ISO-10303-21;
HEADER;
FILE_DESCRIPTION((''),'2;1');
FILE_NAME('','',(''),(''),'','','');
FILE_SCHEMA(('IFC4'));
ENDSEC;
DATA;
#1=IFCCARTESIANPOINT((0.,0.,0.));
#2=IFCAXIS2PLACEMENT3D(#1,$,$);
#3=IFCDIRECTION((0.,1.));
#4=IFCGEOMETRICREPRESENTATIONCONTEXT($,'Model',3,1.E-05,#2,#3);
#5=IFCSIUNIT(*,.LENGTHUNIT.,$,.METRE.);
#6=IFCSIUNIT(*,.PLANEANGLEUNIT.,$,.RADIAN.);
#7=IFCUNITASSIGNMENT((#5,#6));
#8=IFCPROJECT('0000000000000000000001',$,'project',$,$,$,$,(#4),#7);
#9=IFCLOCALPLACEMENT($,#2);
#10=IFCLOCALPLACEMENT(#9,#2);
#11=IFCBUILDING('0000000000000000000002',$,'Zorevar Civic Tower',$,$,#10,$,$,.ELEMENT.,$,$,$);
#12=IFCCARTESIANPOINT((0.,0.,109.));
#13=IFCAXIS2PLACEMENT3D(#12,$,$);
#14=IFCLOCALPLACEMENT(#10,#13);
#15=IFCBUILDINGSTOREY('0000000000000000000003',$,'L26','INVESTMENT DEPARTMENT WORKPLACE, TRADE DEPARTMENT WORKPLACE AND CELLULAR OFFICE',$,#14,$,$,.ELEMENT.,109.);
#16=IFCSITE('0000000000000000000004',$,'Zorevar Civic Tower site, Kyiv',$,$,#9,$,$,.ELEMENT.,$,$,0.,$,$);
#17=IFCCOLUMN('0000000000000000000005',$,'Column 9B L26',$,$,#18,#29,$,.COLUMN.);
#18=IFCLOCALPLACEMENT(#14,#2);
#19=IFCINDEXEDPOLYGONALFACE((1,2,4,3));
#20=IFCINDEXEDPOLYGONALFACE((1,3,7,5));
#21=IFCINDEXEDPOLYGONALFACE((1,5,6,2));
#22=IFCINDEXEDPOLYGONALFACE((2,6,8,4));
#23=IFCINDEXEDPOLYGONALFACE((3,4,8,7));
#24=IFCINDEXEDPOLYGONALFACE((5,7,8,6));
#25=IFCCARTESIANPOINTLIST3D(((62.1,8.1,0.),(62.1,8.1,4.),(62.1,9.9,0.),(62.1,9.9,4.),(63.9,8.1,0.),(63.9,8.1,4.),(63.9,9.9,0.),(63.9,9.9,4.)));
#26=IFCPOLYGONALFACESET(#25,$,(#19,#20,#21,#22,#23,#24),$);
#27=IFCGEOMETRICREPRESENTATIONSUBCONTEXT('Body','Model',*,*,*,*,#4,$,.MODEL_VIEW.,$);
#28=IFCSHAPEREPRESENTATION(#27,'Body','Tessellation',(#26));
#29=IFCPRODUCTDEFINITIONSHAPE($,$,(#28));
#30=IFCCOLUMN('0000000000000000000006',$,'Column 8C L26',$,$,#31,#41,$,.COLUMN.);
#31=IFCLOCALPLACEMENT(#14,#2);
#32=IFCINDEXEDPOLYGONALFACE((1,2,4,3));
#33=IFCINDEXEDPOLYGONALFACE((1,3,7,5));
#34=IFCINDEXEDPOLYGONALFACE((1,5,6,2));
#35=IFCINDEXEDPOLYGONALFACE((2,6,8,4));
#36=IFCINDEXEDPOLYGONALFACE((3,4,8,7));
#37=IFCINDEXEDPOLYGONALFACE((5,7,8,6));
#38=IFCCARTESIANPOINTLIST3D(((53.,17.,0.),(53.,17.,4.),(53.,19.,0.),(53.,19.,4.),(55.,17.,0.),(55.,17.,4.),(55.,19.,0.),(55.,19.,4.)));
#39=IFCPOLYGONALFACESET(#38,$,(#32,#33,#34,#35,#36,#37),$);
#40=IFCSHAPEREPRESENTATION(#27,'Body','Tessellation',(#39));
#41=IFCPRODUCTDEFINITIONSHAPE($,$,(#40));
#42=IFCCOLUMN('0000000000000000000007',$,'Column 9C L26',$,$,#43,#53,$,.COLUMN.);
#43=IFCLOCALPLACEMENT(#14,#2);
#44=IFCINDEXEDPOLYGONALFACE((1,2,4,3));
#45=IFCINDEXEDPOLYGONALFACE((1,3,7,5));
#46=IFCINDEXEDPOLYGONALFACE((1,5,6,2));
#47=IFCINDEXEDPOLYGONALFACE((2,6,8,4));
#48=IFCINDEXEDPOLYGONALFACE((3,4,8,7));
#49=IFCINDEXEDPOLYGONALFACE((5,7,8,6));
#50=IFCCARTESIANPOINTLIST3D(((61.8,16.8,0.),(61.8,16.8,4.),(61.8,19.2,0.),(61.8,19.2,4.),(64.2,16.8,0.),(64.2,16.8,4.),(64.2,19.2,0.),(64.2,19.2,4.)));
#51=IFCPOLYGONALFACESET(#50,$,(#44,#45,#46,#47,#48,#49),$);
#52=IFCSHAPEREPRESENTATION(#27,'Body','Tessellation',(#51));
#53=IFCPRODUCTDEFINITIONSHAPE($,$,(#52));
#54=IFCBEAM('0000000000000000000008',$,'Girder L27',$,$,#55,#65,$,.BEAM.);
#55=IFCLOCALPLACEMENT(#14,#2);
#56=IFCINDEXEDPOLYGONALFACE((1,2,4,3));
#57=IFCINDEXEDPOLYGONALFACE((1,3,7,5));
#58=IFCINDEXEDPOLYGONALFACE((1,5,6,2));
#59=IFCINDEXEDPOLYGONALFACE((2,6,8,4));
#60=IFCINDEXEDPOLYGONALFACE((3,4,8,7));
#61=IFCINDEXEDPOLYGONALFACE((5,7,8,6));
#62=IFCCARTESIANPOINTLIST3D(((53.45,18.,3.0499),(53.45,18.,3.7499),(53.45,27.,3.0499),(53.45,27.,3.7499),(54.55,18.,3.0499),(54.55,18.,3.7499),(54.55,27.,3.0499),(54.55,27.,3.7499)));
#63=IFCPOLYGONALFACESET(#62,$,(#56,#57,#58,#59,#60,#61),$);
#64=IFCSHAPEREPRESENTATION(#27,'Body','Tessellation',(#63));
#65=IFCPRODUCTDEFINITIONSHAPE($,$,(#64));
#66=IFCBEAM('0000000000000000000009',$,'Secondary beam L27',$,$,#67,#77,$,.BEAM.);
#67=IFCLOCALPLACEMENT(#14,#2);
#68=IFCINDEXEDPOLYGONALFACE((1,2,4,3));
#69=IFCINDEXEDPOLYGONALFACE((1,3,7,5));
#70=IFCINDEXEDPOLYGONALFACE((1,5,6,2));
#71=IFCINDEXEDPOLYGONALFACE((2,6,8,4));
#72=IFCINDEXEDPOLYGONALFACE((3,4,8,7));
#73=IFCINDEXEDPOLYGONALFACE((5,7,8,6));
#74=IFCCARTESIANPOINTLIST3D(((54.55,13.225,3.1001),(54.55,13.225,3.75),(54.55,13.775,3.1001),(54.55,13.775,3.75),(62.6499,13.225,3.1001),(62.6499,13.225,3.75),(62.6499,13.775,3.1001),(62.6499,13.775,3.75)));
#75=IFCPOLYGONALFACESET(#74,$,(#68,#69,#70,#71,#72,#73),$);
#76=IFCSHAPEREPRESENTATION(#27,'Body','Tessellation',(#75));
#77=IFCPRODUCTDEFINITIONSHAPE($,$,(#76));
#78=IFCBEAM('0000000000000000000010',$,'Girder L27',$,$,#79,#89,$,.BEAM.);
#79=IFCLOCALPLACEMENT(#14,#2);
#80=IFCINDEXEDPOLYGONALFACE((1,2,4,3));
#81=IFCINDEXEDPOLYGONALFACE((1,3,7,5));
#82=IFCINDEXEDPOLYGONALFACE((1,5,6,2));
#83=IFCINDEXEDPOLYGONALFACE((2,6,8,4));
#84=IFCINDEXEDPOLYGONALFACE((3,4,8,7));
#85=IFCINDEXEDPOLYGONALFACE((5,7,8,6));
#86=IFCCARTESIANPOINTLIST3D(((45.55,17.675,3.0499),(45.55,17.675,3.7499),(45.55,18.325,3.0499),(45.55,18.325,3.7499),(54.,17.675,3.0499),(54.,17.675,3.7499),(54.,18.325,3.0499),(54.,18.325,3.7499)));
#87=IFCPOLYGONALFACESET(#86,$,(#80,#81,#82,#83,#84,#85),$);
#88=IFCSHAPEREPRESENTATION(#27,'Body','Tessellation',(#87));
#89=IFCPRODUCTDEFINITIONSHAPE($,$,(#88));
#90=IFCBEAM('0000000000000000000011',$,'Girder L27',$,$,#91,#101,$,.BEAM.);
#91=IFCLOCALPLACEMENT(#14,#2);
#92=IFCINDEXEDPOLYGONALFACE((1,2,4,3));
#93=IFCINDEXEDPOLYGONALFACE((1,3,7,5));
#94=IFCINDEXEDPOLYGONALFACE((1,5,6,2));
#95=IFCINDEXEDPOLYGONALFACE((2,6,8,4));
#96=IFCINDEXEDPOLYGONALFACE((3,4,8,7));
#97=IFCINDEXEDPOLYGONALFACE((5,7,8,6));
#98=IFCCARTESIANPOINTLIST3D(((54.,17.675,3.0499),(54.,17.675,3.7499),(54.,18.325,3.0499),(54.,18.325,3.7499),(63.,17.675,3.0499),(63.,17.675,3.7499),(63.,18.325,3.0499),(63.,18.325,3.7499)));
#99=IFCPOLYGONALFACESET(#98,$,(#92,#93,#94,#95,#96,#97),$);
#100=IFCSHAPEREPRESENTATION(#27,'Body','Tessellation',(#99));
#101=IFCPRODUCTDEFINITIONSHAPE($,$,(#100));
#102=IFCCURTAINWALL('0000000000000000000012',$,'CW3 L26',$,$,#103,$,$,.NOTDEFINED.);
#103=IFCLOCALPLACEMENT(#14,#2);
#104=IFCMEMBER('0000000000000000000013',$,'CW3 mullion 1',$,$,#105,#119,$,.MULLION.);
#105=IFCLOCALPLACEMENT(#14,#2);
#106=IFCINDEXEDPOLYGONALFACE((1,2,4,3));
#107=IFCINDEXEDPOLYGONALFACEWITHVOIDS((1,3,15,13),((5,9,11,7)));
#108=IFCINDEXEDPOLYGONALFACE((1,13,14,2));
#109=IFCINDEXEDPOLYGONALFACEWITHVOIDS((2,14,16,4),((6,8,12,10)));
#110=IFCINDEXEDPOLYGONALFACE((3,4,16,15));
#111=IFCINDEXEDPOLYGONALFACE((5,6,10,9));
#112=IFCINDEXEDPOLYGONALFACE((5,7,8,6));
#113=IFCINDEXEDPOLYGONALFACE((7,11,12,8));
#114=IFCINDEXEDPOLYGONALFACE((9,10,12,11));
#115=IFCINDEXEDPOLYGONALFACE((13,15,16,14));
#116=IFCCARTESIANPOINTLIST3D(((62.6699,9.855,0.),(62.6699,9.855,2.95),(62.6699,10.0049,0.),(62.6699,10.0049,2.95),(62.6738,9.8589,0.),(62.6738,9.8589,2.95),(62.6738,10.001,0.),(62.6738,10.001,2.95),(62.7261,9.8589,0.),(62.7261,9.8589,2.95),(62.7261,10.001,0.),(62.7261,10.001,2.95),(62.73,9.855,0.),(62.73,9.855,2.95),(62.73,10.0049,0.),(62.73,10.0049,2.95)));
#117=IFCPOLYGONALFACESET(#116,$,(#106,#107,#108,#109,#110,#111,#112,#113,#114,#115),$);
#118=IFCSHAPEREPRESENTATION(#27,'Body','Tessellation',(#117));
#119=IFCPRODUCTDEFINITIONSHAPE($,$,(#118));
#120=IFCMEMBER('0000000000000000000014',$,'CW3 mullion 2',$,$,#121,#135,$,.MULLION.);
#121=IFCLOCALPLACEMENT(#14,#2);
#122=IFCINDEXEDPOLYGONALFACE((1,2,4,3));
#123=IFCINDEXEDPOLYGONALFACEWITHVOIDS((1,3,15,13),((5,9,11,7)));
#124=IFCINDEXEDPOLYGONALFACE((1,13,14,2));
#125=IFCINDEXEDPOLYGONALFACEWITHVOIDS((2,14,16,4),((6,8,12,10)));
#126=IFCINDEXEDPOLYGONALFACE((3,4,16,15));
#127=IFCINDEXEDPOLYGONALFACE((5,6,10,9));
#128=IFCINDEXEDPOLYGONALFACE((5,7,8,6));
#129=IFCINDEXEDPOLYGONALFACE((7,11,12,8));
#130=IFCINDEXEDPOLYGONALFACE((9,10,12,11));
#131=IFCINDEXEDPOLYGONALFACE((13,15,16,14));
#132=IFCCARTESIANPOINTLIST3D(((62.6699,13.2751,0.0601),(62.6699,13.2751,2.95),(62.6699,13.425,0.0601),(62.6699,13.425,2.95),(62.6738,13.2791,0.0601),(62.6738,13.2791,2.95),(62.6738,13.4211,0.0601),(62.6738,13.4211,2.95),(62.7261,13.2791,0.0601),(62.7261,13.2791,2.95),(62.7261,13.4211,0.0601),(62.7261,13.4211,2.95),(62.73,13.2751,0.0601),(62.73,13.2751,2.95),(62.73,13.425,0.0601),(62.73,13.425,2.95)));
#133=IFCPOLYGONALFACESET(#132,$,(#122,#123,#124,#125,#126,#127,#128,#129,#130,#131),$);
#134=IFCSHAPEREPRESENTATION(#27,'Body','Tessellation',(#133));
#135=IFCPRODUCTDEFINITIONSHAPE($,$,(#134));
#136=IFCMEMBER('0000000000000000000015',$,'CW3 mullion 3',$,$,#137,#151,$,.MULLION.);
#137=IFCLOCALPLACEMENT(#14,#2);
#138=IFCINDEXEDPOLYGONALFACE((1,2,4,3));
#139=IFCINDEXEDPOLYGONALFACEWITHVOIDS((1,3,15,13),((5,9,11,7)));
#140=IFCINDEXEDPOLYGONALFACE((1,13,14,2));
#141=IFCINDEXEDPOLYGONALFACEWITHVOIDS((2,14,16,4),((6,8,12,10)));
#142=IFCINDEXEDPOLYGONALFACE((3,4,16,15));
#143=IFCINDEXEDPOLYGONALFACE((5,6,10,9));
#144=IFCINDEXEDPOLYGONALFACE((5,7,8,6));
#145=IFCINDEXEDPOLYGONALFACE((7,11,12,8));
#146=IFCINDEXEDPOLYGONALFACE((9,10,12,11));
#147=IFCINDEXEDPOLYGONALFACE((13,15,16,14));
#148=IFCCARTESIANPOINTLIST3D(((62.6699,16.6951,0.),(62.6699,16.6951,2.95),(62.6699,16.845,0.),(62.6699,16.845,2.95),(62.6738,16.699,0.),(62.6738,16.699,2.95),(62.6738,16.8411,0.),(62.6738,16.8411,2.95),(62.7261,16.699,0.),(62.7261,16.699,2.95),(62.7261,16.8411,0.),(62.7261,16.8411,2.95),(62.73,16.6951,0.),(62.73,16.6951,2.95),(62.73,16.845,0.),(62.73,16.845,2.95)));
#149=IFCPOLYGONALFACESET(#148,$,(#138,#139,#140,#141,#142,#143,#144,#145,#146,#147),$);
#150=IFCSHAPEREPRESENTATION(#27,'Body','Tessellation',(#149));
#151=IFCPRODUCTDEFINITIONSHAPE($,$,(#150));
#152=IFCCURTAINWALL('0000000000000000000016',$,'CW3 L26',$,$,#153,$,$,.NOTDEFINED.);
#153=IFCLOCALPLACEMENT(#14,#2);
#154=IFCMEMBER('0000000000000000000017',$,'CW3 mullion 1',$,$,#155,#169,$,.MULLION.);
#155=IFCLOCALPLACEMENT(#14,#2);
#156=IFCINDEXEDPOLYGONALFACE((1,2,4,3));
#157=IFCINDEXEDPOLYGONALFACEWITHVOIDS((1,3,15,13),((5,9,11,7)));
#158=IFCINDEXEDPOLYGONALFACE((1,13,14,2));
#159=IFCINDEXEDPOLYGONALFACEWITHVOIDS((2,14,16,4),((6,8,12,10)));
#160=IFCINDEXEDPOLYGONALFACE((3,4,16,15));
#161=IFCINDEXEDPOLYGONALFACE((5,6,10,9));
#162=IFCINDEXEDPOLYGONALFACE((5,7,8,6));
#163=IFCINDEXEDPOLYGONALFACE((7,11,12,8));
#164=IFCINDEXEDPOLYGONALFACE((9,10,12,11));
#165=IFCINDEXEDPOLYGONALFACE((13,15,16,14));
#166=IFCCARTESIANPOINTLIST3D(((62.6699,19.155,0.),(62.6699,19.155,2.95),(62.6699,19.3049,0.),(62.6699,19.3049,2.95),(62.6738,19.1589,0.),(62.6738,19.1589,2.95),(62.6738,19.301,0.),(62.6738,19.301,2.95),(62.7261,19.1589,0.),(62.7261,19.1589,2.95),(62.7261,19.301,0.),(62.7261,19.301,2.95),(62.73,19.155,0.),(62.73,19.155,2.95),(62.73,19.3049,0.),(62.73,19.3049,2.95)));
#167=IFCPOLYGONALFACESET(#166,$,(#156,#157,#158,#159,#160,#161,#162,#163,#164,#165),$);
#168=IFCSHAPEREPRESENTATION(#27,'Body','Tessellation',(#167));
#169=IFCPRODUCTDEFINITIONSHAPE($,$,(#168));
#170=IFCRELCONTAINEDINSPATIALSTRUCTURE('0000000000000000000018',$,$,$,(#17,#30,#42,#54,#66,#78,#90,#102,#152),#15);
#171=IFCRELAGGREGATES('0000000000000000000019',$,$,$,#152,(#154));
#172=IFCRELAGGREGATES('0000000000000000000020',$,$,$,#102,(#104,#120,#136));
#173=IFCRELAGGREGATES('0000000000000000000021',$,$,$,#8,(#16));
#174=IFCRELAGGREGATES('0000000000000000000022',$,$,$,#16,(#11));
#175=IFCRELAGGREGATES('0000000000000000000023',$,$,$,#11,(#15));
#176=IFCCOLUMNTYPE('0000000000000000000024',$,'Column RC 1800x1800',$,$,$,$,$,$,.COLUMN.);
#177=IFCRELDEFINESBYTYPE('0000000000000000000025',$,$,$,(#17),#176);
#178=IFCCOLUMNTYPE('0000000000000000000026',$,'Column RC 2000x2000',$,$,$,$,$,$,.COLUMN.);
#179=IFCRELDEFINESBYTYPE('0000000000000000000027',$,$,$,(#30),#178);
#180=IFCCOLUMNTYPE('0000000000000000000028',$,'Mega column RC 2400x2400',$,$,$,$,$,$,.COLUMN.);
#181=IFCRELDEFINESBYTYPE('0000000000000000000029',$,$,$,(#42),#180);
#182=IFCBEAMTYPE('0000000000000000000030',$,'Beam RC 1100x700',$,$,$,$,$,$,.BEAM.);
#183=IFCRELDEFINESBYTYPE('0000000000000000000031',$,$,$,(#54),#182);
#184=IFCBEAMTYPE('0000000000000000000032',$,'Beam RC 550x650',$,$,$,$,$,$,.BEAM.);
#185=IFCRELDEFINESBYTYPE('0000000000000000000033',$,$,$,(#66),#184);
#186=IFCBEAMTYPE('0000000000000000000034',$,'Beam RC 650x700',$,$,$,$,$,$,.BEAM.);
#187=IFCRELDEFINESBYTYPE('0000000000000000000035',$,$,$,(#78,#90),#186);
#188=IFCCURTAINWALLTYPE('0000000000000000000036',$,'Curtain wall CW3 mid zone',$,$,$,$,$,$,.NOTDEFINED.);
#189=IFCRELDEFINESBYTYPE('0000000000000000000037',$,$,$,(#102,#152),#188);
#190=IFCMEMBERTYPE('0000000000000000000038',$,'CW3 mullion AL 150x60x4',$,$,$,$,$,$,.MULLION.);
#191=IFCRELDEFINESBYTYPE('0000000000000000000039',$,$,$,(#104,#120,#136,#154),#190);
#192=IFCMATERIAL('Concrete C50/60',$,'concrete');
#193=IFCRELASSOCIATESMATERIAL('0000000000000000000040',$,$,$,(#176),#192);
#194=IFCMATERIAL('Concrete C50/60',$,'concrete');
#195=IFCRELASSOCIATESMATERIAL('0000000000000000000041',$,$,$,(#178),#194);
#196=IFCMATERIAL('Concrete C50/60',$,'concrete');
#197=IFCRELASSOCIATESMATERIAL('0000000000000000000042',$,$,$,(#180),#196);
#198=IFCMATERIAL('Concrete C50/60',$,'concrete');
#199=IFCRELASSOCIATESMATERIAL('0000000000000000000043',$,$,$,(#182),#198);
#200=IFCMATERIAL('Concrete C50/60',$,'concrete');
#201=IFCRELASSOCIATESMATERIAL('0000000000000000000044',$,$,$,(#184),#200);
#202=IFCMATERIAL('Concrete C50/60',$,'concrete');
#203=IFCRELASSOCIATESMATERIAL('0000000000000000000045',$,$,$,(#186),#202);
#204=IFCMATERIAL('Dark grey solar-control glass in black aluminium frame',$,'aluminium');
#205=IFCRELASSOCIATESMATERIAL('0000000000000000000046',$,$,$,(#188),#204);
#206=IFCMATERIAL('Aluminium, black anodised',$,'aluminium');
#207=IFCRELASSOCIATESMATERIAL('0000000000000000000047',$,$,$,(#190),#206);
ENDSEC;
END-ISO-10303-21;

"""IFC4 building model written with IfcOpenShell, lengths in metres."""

from ifc_helpers import new_model, si_unit, direction, frame, origin, origin_2d, place, context, subcontext, project, spatial, rectangle, hollow_rectangle, extrude, material, material_profile, profile_set, type_object, element, aggregate, save


model = new_model("IFC4")

# Units and contexts
model_context = context("Model", 3, precision=1e-05, world=origin(), true_north=direction((0.0, 1.0)))
body_context = subcontext(model_context, "Body", "Model", "MODEL_VIEW")
ifc_project = project(units=[si_unit("LENGTHUNIT", "METRE"), si_unit("PLANEANGLEUNIT", "RADIAN")], contexts=[model_context])

# Site, building, storey
site_placement = place(None, origin())
site = spatial("IfcSite", under=ifc_project, at=site_placement, Name="Zorevar Civic Tower site, Kyiv", CompositionType="ELEMENT", RefElevation=0.0)
building_placement = place(site_placement, origin())
building = spatial("IfcBuilding", under=site, at=building_placement, Name="Zorevar Civic Tower", CompositionType="ELEMENT")
storey_placement = place(building_placement, frame((0.0, 0.0, 109.0)))
storey = spatial("IfcBuildingStorey", under=building, at=storey_placement, Name="L26", Description="INVESTMENT DEPARTMENT WORKPLACE, TRADE DEPARTMENT WORKPLACE AND CELLULAR OFFICE", CompositionType="ELEMENT", Elevation=109.0)

# Columns
ifc_material_1 = material(Name="Concrete C50/60", Category="concrete")
ifc_material_profile_1 = material_profile(ifc_material_1, rectangle(XDim=1.8, YDim=1.8, at=origin_2d()), Name="RC 1800x1800")
ifc_profile_set_1 = profile_set([ifc_material_profile_1], Name="Concrete C50/60")
column_type_1 = type_object("IfcColumnType", Name="Column RC 1800x1800", PredefinedType="COLUMN", material=ifc_profile_set_1)
column_1_placement = place(storey_placement, frame((63.0, 9.0, 0.0), z_axis=(0.0, 0.0, 1.0), x_axis=(1.0, 0.0, 0.0)))
element("IfcColumn", 1, at=column_1_placement, inside=storey, type_object=column_type_1, Name="Column 9B L26", PredefinedType="COLUMN", context=body_context, shape_type="SweptSolid", body=[
    extrude(rectangle(XDim=1.8, YDim=1.8, at=origin_2d()), origin(), (0.0, 0.0, 1.0), 4.0),
])
ifc_material_2 = material(Name="Concrete C50/60", Category="concrete")
ifc_material_profile_2 = material_profile(ifc_material_2, rectangle(XDim=2.0, YDim=2.0, at=origin_2d()), Name="RC 2000x2000")
ifc_profile_set_2 = profile_set([ifc_material_profile_2], Name="Concrete C50/60")
column_type_2 = type_object("IfcColumnType", Name="Column RC 2000x2000", PredefinedType="COLUMN", material=ifc_profile_set_2)
column_2_placement = place(storey_placement, frame((54.0, 18.0, 0.0), z_axis=(0.0, 0.0, 1.0), x_axis=(1.0, 0.0, 0.0)))
element("IfcColumn", 2, at=column_2_placement, inside=storey, type_object=column_type_2, Name="Column 8C L26", PredefinedType="COLUMN", context=body_context, shape_type="SweptSolid", body=[
    extrude(rectangle(XDim=2.0, YDim=2.0, at=origin_2d()), origin(), (0.0, 0.0, 1.0), 4.0),
])
ifc_material_3 = material(Name="Concrete C50/60", Category="concrete")
ifc_material_profile_3 = material_profile(ifc_material_3, rectangle(XDim=2.3999, YDim=2.3999, at=origin_2d()), Name="RC 2400x2400")
ifc_profile_set_3 = profile_set([ifc_material_profile_3], Name="Concrete C50/60")
column_type_3 = type_object("IfcColumnType", Name="Mega column RC 2400x2400", PredefinedType="COLUMN", material=ifc_profile_set_3)
column_3_placement = place(storey_placement, frame((63.0, 18.0, 0.0), z_axis=(0.0, 0.0, 1.0), x_axis=(1.0, 0.0, 0.0)))
element("IfcColumn", 3, at=column_3_placement, inside=storey, type_object=column_type_3, Name="Column 9C L26", PredefinedType="COLUMN", context=body_context, shape_type="SweptSolid", body=[
    extrude(rectangle(XDim=2.3999, YDim=2.3999, at=origin_2d()), origin(), (0.0, 0.0, 1.0), 4.0),
])

# Beams
ifc_material_4 = material(Name="Concrete C50/60", Category="concrete")
ifc_material_profile_4 = material_profile(ifc_material_4, rectangle(XDim=1.1001, YDim=0.7, at=origin_2d()), Name="RC 1100x700")
ifc_profile_set_4 = profile_set([ifc_material_profile_4], Name="Concrete C50/60")
beam_type_1 = type_object("IfcBeamType", Name="Beam RC 1100x700", PredefinedType="BEAM", material=ifc_profile_set_4)
beam_1_placement = place(storey_placement, frame((54.0, 18.0, 3.3999), z_axis=(0.0, 1.0, 0.0), x_axis=(-1.0, 0.0, 0.0)))
element("IfcBeam", 4, at=beam_1_placement, inside=storey, type_object=beam_type_1, Name="Girder L27", PredefinedType="BEAM", context=body_context, shape_type="SweptSolid", body=[
    extrude(rectangle(XDim=1.1001, YDim=0.7, at=origin_2d()), origin(), (0.0, 0.0, 1.0), 9.0),
])
ifc_material_5 = material(Name="Concrete C50/60", Category="concrete")
ifc_material_profile_5 = material_profile(ifc_material_5, rectangle(XDim=0.55, YDim=0.6499, at=origin_2d()), Name="RC 550x650")
ifc_profile_set_5 = profile_set([ifc_material_profile_5], Name="Concrete C50/60")
beam_type_2 = type_object("IfcBeamType", Name="Beam RC 550x650", PredefinedType="BEAM", material=ifc_profile_set_5)
beam_2_placement = place(storey_placement, frame((54.55, 13.5, 3.425), z_axis=(1.0, 0.0, 0.0), x_axis=(0.0, 1.0, 0.0)))
element("IfcBeam", 5, at=beam_2_placement, inside=storey, type_object=beam_type_2, Name="Secondary beam L27", PredefinedType="BEAM", context=body_context, shape_type="SweptSolid", body=[
    extrude(rectangle(XDim=0.55, YDim=0.6499, at=origin_2d()), origin(), (0.0, 0.0, 1.0), 8.0999),
])
ifc_material_6 = material(Name="Concrete C50/60", Category="concrete")
ifc_material_profile_6 = material_profile(ifc_material_6, rectangle(XDim=0.6499, YDim=0.7, at=origin_2d()), Name="RC 650x700")
ifc_profile_set_6 = profile_set([ifc_material_profile_6], Name="Concrete C50/60")
beam_type_3 = type_object("IfcBeamType", Name="Beam RC 650x700", PredefinedType="BEAM", material=ifc_profile_set_6)
beam_3_placement = place(storey_placement, frame((45.55, 18.0, 3.3999), z_axis=(1.0, 0.0, 0.0), x_axis=(0.0, 1.0, 0.0)))
element("IfcBeam", 6, at=beam_3_placement, inside=storey, type_object=beam_type_3, Name="Girder L27", PredefinedType="BEAM", context=body_context, shape_type="SweptSolid", body=[
    extrude(rectangle(XDim=0.6499, YDim=0.7, at=origin_2d()), origin(), (0.0, 0.0, 1.0), 8.45),
])
beam_4_placement = place(storey_placement, frame((54.0, 18.0, 3.3999), z_axis=(1.0, 0.0, 0.0), x_axis=(0.0, 1.0, 0.0)))
element("IfcBeam", 7, at=beam_4_placement, inside=storey, type_object=beam_type_3, Name="Girder L27", PredefinedType="BEAM", context=body_context, shape_type="SweptSolid", body=[
    extrude(rectangle(XDim=0.6499, YDim=0.7, at=origin_2d()), origin(), (0.0, 0.0, 1.0), 9.0),
])

# Curtain wall, members
ifc_material_7 = material(Name="Dark grey solar-control glass in black aluminium frame", Category="aluminium")
curtain_wall_type = type_object("IfcCurtainWallType", Name="Curtain wall CW3 mid zone", PredefinedType="NOTDEFINED", material=ifc_material_7)
curtain_wall_1_placement = place(storey_placement, origin())
curtain_wall_1 = element("IfcCurtainWall", 8, at=curtain_wall_1_placement, inside=storey, type_object=curtain_wall_type, Name="CW3 L26", PredefinedType="NOTDEFINED")
ifc_material_8 = material(Name="Aluminium, black anodised", Category="aluminium")
ifc_material_profile_7 = material_profile(ifc_material_8, hollow_rectangle(XDim=0.0601, YDim=0.1499, WallThickness=0.0039, at=origin_2d()), Name="AL 150x60x4")
ifc_profile_set_7 = profile_set([ifc_material_profile_7], Name="Aluminium, black anodised")
member_type_1 = type_object("IfcMemberType", Name="CW3 mullion AL 150x60x4", PredefinedType="MULLION", material=ifc_profile_set_7)
member_1_placement = place(storey_placement, frame((62.7, 9.9299, 0.0), z_axis=(0.0, 0.0, 1.0), x_axis=(-1.0, 0.0, 0.0)))
member_1 = element("IfcMember", 9, at=member_1_placement, type_object=member_type_1, Name="CW3 mullion 1", PredefinedType="MULLION", context=body_context, shape_type="SweptSolid", body=[
    extrude(hollow_rectangle(XDim=0.0601, YDim=0.1499, WallThickness=0.0039, at=origin_2d()), origin(), (0.0, 0.0, 1.0), 2.95),
])
member_2_placement = place(storey_placement, frame((62.7, 13.3501, 0.0601), z_axis=(0.0, 0.0, 1.0), x_axis=(-1.0, 0.0, 0.0)))
member_2 = element("IfcMember", 10, at=member_2_placement, type_object=member_type_1, Name="CW3 mullion 2", PredefinedType="MULLION", context=body_context, shape_type="SweptSolid", body=[
    extrude(hollow_rectangle(XDim=0.0601, YDim=0.1499, WallThickness=0.0039, at=origin_2d()), origin(), (0.0, 0.0, 1.0), 2.8899),
])
member_3_placement = place(storey_placement, frame((62.7, 16.77, 0.0), z_axis=(0.0, 0.0, 1.0), x_axis=(-1.0, 0.0, 0.0)))
member_3 = element("IfcMember", 11, at=member_3_placement, type_object=member_type_1, Name="CW3 mullion 3", PredefinedType="MULLION", context=body_context, shape_type="SweptSolid", body=[
    extrude(hollow_rectangle(XDim=0.0601, YDim=0.1499, WallThickness=0.0039, at=origin_2d()), origin(), (0.0, 0.0, 1.0), 2.95),
])

# Curtain wall, member
curtain_wall_2_placement = place(storey_placement, origin())
curtain_wall_2 = element("IfcCurtainWall", 12, at=curtain_wall_2_placement, inside=storey, type_object=curtain_wall_type, Name="CW3 L26", PredefinedType="NOTDEFINED")
member_4_placement = place(storey_placement, frame((62.7, 19.23, 0.0), z_axis=(0.0, 0.0, 1.0), x_axis=(-1.0, 0.0, 0.0)))
member_4 = element("IfcMember", 13, at=member_4_placement, type_object=member_type_1, Name="CW3 mullion 1", PredefinedType="MULLION", context=body_context, shape_type="SweptSolid", body=[
    extrude(hollow_rectangle(XDim=0.0601, YDim=0.1499, WallThickness=0.0039, at=origin_2d()), origin(), (0.0, 0.0, 1.0), 2.95),
])
aggregate(curtain_wall_2, [member_4])

aggregate(curtain_wall_1, [member_1, member_2, member_3])

save(model, "model.ifc")
